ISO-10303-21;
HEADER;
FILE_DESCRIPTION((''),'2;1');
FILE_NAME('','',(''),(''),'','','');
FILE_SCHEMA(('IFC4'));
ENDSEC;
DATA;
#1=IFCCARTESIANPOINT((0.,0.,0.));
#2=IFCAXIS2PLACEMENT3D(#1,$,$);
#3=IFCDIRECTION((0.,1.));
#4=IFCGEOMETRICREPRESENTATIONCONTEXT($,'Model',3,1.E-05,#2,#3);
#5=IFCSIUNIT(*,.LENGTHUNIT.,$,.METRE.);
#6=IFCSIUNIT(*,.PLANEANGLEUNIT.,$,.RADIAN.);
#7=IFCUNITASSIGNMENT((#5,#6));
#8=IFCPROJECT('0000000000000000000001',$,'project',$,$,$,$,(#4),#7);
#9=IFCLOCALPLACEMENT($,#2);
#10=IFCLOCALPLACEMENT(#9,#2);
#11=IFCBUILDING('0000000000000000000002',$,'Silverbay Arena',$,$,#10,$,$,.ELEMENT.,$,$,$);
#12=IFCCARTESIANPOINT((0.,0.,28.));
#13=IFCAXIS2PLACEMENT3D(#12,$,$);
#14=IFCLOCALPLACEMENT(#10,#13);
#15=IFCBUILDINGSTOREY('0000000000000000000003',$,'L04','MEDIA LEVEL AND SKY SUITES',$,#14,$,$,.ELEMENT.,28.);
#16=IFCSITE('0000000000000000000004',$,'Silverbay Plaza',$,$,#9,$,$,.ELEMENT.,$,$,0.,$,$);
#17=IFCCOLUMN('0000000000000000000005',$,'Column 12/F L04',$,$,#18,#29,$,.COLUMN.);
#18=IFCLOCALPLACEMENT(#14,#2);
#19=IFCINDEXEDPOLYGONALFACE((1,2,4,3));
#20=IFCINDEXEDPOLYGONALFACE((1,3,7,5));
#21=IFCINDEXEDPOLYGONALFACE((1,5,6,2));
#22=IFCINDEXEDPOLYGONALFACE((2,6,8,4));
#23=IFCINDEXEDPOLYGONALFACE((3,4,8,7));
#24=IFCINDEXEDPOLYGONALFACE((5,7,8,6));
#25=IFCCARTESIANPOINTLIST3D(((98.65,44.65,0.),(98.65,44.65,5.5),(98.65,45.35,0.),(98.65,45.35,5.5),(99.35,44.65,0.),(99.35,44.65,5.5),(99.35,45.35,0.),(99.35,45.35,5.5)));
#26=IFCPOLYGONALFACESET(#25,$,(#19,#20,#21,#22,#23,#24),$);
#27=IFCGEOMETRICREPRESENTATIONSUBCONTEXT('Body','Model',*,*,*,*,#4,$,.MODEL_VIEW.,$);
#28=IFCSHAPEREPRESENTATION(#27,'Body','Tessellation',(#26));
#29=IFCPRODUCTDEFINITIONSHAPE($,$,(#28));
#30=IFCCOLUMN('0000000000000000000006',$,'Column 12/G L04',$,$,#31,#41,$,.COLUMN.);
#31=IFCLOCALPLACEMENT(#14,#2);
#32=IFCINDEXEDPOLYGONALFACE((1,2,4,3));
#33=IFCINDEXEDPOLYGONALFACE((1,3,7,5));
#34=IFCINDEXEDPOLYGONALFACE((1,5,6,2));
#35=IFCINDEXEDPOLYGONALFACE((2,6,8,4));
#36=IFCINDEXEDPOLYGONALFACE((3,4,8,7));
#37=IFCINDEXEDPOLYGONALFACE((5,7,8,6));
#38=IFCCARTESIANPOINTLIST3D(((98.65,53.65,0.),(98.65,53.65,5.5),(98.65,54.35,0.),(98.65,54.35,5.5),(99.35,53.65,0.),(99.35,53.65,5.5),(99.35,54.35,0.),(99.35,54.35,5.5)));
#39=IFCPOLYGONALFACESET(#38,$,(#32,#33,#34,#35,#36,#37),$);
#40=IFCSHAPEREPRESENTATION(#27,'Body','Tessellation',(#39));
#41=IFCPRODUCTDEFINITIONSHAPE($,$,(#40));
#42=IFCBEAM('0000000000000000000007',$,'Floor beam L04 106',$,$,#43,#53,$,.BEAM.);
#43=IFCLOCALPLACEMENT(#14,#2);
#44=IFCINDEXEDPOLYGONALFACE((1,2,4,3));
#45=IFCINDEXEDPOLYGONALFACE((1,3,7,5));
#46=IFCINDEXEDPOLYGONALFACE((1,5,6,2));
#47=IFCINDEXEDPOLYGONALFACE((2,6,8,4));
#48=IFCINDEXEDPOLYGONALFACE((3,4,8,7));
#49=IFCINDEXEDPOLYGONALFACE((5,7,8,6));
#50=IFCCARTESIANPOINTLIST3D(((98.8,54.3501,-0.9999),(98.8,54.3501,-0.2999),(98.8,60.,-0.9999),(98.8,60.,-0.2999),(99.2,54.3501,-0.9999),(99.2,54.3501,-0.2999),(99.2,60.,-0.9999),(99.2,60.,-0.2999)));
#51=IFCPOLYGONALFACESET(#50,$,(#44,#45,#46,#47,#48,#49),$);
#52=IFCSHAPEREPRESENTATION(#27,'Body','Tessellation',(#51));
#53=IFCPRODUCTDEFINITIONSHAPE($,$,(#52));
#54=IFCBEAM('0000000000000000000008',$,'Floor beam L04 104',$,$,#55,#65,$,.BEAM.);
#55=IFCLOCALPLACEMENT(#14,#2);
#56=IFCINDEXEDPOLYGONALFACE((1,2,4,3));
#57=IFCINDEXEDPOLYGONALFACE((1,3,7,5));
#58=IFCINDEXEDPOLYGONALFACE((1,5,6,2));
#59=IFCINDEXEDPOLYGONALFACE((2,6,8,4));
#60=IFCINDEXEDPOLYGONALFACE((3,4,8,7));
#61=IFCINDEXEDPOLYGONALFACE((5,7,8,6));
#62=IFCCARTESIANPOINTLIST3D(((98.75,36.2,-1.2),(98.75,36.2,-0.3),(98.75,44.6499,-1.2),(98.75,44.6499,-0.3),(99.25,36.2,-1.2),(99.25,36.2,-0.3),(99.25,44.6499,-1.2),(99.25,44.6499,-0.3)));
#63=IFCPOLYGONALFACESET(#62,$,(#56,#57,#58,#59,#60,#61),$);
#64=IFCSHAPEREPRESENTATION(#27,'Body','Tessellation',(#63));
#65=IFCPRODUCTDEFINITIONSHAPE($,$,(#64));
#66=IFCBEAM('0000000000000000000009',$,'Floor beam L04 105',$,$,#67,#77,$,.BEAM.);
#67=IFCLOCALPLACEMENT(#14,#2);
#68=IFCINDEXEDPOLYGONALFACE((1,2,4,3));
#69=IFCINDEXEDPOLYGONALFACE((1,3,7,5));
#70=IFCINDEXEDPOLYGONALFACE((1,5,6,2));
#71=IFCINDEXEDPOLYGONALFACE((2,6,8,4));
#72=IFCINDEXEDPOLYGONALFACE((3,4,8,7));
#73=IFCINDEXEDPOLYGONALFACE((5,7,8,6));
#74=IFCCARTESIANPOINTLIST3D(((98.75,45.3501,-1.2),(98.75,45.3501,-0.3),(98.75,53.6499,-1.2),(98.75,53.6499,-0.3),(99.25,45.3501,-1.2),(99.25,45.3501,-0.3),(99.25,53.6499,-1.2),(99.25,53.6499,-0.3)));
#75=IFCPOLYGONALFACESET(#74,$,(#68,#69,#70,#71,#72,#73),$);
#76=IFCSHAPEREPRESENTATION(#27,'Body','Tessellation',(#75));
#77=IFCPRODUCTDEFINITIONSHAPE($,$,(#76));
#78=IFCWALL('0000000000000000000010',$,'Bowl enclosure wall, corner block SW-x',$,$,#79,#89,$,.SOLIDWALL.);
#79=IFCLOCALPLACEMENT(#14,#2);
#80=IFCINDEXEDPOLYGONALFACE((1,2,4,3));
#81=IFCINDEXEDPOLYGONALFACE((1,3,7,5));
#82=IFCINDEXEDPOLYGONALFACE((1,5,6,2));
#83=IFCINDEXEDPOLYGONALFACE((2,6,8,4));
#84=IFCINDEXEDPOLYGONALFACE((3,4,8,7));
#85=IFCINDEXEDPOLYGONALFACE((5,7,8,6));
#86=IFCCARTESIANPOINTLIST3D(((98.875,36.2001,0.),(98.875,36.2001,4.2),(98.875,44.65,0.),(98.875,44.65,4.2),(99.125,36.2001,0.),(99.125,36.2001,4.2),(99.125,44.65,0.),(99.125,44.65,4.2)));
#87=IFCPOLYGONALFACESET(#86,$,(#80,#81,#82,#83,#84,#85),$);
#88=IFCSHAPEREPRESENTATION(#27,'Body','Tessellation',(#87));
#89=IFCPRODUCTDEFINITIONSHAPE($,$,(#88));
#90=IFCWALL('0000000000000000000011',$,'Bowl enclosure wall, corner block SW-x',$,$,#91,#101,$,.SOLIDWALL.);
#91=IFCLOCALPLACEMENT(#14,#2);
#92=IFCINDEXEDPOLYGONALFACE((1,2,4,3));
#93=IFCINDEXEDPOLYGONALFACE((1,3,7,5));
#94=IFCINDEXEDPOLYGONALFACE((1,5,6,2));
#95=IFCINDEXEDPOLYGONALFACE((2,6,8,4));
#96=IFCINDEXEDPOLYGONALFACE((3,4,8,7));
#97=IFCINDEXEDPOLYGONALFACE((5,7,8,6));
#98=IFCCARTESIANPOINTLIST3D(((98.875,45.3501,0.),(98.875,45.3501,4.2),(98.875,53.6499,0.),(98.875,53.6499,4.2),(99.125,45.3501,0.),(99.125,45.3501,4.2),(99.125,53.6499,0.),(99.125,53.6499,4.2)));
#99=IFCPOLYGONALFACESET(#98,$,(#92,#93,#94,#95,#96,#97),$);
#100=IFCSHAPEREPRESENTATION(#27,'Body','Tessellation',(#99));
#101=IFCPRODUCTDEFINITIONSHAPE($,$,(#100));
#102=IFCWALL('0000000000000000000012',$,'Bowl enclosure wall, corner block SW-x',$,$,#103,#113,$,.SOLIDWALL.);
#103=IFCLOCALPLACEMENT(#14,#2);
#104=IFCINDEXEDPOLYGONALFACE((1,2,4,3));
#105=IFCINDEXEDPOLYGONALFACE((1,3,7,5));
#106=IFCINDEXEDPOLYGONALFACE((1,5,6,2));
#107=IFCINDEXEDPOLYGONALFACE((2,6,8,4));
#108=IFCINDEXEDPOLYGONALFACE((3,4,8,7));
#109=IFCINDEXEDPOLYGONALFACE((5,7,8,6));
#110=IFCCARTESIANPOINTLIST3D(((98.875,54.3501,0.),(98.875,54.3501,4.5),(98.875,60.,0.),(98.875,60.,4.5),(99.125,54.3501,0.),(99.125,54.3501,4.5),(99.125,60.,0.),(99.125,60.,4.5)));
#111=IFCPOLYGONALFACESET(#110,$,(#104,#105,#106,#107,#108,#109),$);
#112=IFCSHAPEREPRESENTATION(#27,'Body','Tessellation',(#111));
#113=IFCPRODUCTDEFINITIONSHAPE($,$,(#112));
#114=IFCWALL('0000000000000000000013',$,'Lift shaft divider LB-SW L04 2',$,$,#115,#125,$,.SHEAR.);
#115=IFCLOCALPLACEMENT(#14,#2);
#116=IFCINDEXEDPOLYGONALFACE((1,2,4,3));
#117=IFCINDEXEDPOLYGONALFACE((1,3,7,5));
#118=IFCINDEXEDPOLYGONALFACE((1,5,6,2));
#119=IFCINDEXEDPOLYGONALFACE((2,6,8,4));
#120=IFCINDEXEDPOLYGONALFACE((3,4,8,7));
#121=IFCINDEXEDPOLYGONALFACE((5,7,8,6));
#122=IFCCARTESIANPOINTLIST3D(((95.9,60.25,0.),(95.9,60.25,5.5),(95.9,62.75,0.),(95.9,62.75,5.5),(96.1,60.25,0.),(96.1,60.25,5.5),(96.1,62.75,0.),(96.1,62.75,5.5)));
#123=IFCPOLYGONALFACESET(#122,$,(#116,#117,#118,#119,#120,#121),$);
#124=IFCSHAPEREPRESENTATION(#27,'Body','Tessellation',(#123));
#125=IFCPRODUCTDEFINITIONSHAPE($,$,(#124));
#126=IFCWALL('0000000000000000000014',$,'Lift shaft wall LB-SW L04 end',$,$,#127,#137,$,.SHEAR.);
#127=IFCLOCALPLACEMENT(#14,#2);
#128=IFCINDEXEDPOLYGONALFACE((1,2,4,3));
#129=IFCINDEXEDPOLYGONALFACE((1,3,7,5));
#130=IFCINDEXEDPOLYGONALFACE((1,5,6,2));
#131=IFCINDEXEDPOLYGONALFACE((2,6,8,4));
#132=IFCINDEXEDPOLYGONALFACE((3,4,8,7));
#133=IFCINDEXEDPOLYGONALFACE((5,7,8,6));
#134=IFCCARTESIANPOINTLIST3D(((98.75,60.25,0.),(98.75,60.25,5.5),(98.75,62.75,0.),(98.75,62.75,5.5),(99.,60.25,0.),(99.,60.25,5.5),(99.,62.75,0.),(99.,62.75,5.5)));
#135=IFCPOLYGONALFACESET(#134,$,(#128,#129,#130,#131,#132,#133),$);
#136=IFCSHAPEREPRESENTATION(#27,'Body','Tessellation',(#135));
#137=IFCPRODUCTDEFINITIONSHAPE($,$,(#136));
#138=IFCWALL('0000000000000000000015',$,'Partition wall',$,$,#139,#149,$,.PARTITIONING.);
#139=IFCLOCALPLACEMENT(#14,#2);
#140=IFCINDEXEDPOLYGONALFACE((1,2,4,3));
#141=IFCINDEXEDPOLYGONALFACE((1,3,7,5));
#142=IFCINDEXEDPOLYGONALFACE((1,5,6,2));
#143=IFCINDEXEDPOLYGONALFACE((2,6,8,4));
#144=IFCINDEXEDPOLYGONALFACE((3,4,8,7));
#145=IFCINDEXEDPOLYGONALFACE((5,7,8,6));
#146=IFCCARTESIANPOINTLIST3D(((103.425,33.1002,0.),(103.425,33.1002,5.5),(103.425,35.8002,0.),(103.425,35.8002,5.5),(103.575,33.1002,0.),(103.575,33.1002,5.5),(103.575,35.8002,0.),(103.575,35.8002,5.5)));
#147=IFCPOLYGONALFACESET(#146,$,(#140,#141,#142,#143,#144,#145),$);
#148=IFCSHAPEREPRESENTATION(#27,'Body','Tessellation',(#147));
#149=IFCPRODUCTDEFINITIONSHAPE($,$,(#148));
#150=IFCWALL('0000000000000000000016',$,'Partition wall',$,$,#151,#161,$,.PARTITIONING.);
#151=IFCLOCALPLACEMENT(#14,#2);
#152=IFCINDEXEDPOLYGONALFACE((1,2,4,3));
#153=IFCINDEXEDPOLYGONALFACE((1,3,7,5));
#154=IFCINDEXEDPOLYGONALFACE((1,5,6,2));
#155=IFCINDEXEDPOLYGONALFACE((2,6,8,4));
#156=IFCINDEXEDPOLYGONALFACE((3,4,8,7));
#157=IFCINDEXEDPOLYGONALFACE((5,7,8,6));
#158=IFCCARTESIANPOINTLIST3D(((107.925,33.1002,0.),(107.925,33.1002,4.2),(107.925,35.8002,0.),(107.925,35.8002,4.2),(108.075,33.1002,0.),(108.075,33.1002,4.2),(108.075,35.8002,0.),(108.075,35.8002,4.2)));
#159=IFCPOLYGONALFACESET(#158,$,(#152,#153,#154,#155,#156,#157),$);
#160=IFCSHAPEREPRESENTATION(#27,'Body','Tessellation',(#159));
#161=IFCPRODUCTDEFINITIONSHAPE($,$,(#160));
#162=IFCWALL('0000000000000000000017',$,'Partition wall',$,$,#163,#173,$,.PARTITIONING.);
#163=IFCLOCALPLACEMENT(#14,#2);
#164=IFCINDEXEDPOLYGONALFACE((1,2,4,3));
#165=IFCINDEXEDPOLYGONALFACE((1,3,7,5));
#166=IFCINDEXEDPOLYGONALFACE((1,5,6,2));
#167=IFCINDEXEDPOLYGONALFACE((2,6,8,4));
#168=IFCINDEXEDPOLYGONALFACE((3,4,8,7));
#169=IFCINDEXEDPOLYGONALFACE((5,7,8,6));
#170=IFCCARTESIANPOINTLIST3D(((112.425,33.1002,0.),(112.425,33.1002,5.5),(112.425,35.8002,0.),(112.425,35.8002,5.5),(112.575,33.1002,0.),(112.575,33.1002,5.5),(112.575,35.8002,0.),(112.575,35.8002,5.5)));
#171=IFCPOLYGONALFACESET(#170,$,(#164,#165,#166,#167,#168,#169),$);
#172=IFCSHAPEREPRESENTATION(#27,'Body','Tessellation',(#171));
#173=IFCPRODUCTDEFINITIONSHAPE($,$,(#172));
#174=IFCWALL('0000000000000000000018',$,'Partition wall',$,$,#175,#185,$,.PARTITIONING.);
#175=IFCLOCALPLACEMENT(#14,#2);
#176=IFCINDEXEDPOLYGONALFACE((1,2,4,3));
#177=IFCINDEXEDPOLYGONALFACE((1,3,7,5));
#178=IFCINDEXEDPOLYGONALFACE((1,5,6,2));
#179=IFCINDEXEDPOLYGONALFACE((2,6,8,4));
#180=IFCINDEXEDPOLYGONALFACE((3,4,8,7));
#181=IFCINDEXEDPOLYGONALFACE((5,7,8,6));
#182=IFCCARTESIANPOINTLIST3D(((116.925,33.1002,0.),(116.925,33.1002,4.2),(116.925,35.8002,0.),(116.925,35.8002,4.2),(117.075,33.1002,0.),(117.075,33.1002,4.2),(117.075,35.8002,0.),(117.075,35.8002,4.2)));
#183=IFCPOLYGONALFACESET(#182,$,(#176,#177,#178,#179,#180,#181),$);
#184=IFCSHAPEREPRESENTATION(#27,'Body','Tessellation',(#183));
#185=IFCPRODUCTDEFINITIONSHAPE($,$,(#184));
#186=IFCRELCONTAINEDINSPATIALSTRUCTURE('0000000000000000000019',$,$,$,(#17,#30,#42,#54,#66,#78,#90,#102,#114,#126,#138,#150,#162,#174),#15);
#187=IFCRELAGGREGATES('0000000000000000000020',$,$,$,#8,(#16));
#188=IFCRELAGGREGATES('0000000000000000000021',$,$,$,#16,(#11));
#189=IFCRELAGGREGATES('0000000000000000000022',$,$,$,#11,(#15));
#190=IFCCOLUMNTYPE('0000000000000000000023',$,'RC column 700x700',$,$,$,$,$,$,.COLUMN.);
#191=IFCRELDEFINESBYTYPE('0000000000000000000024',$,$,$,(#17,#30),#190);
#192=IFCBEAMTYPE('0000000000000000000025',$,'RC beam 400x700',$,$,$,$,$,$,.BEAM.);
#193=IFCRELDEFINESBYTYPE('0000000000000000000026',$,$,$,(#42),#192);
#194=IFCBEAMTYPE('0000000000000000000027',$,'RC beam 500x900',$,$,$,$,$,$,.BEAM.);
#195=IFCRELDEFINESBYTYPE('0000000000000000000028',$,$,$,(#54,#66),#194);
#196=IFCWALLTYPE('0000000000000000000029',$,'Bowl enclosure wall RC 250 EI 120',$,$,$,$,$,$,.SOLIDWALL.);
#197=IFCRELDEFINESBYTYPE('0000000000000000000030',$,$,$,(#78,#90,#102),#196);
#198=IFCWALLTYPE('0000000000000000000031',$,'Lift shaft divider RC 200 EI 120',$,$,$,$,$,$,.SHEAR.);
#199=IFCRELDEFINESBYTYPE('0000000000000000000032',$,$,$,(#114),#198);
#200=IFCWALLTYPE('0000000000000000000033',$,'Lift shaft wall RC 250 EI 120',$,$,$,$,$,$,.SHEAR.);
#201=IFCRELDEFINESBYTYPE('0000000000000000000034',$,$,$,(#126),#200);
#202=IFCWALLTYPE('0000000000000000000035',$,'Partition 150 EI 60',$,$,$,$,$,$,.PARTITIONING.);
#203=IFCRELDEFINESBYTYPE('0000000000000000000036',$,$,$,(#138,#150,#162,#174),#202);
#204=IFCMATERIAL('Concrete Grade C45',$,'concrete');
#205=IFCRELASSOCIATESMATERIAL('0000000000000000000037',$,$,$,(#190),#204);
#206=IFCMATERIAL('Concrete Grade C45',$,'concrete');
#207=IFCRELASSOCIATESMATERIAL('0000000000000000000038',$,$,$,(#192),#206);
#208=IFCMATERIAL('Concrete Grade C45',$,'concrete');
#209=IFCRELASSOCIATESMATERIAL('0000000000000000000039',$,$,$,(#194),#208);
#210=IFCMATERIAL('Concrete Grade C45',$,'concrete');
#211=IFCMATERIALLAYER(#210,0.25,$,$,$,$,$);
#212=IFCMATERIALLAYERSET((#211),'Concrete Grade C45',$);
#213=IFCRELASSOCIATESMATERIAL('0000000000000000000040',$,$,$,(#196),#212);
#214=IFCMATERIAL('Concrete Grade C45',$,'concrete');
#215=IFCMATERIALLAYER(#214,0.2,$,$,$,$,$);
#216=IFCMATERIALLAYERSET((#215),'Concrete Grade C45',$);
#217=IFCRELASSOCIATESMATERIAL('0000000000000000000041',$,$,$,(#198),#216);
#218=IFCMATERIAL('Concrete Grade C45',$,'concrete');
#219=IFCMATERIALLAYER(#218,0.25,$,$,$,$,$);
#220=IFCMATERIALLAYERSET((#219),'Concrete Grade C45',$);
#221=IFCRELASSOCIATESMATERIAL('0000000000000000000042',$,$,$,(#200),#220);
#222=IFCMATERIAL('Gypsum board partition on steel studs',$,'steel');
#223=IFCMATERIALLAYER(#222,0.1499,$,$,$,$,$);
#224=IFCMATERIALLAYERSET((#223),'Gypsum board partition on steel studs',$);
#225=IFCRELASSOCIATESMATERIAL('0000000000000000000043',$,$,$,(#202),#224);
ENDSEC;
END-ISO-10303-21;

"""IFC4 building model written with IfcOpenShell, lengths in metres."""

from ifc_helpers import new_model, si_unit, direction, frame, frame_2d, origin, origin_2d, place, context, subcontext, project, spatial, rectangle, extrude, material, layer, layer_set, material_profile, profile_set, type_object, element, save


model = new_model("IFC4")

# Units and contexts
model_context = context("Model", 3, precision=1e-05, world=origin(), true_north=direction((0.0, 1.0)))
body_context = subcontext(model_context, "Body", "Model", "MODEL_VIEW")
ifc_project = project(units=[si_unit("LENGTHUNIT", "METRE"), si_unit("PLANEANGLEUNIT", "RADIAN")], contexts=[model_context])

# Site, building, storey
site_placement = place(None, origin())
site = spatial("IfcSite", under=ifc_project, at=site_placement, Name="Silverbay Plaza", CompositionType="ELEMENT", RefElevation=0.0)
building_placement = place(site_placement, origin())
building = spatial("IfcBuilding", under=site, at=building_placement, Name="Silverbay Arena", CompositionType="ELEMENT")
storey_placement = place(building_placement, frame((0.0, 0.0, 28.0)))
storey = spatial("IfcBuildingStorey", under=building, at=storey_placement, Name="L04", Description="MEDIA LEVEL AND SKY SUITES", CompositionType="ELEMENT", Elevation=28.0)

# Columns
ifc_material_1 = material(Name="Concrete Grade C45", Category="concrete")
ifc_material_profile_1 = material_profile(ifc_material_1, rectangle(XDim=0.7, YDim=0.7, at=origin_2d()), Name="RC 700x700")
ifc_profile_set_1 = profile_set([ifc_material_profile_1], Name="Concrete Grade C45")
column_type = type_object("IfcColumnType", Name="RC column 700x700", PredefinedType="COLUMN", material=ifc_profile_set_1)
for number, where, z_axis, x_axis, name in (
    (1, (99.0, 45.0, 0.0), (0.0, 0.0, 1.0), (1.0, 0.0, 0.0), "Column 12/F L04"),
    (2, (99.0, 54.0, 0.0), (0.0, 0.0, 1.0), (1.0, 0.0, 0.0), "Column 12/G L04"),
):
    element("IfcColumn", number, at=place(storey_placement, frame(where, z_axis=z_axis, x_axis=x_axis)), inside=storey, type_object=column_type, Name=name, PredefinedType="COLUMN", context=body_context, shape_type="SweptSolid", body=[
        extrude(rectangle(XDim=0.7, YDim=0.7, at=origin_2d()), origin(), (0.0, 0.0, 1.0), 5.5),
    ])

# Beams
ifc_material_2 = material(Name="Concrete Grade C45", Category="concrete")
ifc_material_profile_2 = material_profile(ifc_material_2, rectangle(XDim=0.3999, YDim=0.7, at=origin_2d()), Name="RC 400x700")
ifc_profile_set_2 = profile_set([ifc_material_profile_2], Name="Concrete Grade C45")
beam_type_1 = type_object("IfcBeamType", Name="RC beam 400x700", PredefinedType="BEAM", material=ifc_profile_set_2)
beam_1_placement = place(storey_placement, frame((99.0, 54.3501, -0.6499), z_axis=(0.0, 1.0, 0.0), x_axis=(-1.0, 0.0, 0.0)))
element("IfcBeam", 3, at=beam_1_placement, inside=storey, type_object=beam_type_1, Name="Floor beam L04 106", PredefinedType="BEAM", context=body_context, shape_type="SweptSolid", body=[
    extrude(rectangle(XDim=0.3999, YDim=0.7, at=origin_2d()), origin(), (0.0, 0.0, 1.0), 5.6499),
])
ifc_material_3 = material(Name="Concrete Grade C45", Category="concrete")
ifc_material_profile_3 = material_profile(ifc_material_3, rectangle(XDim=0.5, YDim=0.8999, at=origin_2d()), Name="RC 500x900")
ifc_profile_set_3 = profile_set([ifc_material_profile_3], Name="Concrete Grade C45")
beam_type_2 = type_object("IfcBeamType", Name="RC beam 500x900", PredefinedType="BEAM", material=ifc_profile_set_3)
beam_2_placement = place(storey_placement, frame((99.0, 36.2, -0.75), z_axis=(0.0, 1.0, 0.0), x_axis=(-1.0, 0.0, 0.0)))
element("IfcBeam", 4, at=beam_2_placement, inside=storey, type_object=beam_type_2, Name="Floor beam L04 104", PredefinedType="BEAM", context=body_context, shape_type="SweptSolid", body=[
    extrude(rectangle(XDim=0.5, YDim=0.8999, at=origin_2d()), origin(), (0.0, 0.0, 1.0), 8.45),
])
beam_3_placement = place(storey_placement, frame((99.0, 45.3501, -0.75), z_axis=(0.0, 1.0, 0.0), x_axis=(-1.0, 0.0, 0.0)))
element("IfcBeam", 5, at=beam_3_placement, inside=storey, type_object=beam_type_2, Name="Floor beam L04 105", PredefinedType="BEAM", context=body_context, shape_type="SweptSolid", body=[
    extrude(rectangle(XDim=0.5, YDim=0.8999, at=origin_2d()), origin(), (0.0, 0.0, 1.0), 8.2998),
])

# Walls
ifc_material_4 = material(Name="Concrete Grade C45", Category="concrete")
ifc_layer_1 = layer(ifc_material_4, 0.25)
ifc_layer_set_1 = layer_set([ifc_layer_1], Name="Concrete Grade C45")
wall_type_1 = type_object("IfcWallType", Name="Bowl enclosure wall RC 250 EI 120", PredefinedType="SOLIDWALL", material=ifc_layer_set_1)
wall_1_placement = place(storey_placement, frame((99.0, 36.2, 0.0), z_axis=(0.0, 0.0, 1.0), x_axis=(0.0, 1.0, 0.0)))
element("IfcWall", 6, at=wall_1_placement, inside=storey, type_object=wall_type_1, Name="Bowl enclosure wall, corner block SW-x", PredefinedType="SOLIDWALL", context=body_context, shape_type="SweptSolid", body=[
    extrude(rectangle(XDim=8.45, YDim=0.25, at=frame_2d((4.2251, 0.0))), origin(), (0.0, 0.0, 1.0), 4.2),
])
wall_2_placement = place(storey_placement, frame((99.0, 45.3501, 0.0), z_axis=(0.0, 0.0, 1.0), x_axis=(0.0, 1.0, 0.0)))
element("IfcWall", 7, at=wall_2_placement, inside=storey, type_object=wall_type_1, Name="Bowl enclosure wall, corner block SW-x", PredefinedType="SOLIDWALL", context=body_context, shape_type="SweptSolid", body=[
    extrude(rectangle(XDim=8.2998, YDim=0.25, at=frame_2d((4.1499, 0.0))), origin(), (0.0, 0.0, 1.0), 4.2),
])
wall_3_placement = place(storey_placement, frame((99.0, 54.3501, 0.0), z_axis=(0.0, 0.0, 1.0), x_axis=(0.0, 1.0, 0.0)))
element("IfcWall", 8, at=wall_3_placement, inside=storey, type_object=wall_type_1, Name="Bowl enclosure wall, corner block SW-x", PredefinedType="SOLIDWALL", context=body_context, shape_type="SweptSolid", body=[
    extrude(rectangle(XDim=5.6499, YDim=0.25, at=frame_2d((2.825, 0.0))), origin(), (0.0, 0.0, 1.0), 4.5),
])
ifc_material_5 = material(Name="Concrete Grade C45", Category="concrete")
ifc_layer_2 = layer(ifc_material_5, 0.2)
ifc_layer_set_2 = layer_set([ifc_layer_2], Name="Concrete Grade C45")
wall_type_2 = type_object("IfcWallType", Name="Lift shaft divider RC 200 EI 120", PredefinedType="SHEAR", material=ifc_layer_set_2)
wall_4_placement = place(storey_placement, frame((96.0, 60.25, 0.0), z_axis=(0.0, 0.0, 1.0), x_axis=(0.0, 1.0, 0.0)))
element("IfcWall", 9, at=wall_4_placement, inside=storey, type_object=wall_type_2, Name="Lift shaft divider LB-SW L04 2", PredefinedType="SHEAR", context=body_context, shape_type="SweptSolid", body=[
    extrude(rectangle(XDim=2.5, YDim=0.2, at=frame_2d((1.25, 0.0))), origin(), (0.0, 0.0, 1.0), 5.5),
])
ifc_material_6 = material(Name="Concrete Grade C45", Category="concrete")
ifc_layer_3 = layer(ifc_material_6, 0.25)
ifc_layer_set_3 = layer_set([ifc_layer_3], Name="Concrete Grade C45")
wall_type_3 = type_object("IfcWallType", Name="Lift shaft wall RC 250 EI 120", PredefinedType="SHEAR", material=ifc_layer_set_3)
wall_5_placement = place(storey_placement, frame((98.875, 60.25, 0.0), z_axis=(0.0, 0.0, 1.0), x_axis=(0.0, 1.0, 0.0)))
element("IfcWall", 10, at=wall_5_placement, inside=storey, type_object=wall_type_3, Name="Lift shaft wall LB-SW L04 end", PredefinedType="SHEAR", context=body_context, shape_type="SweptSolid", body=[
    extrude(rectangle(XDim=2.5, YDim=0.25, at=frame_2d((1.25, 0.0))), origin(), (0.0, 0.0, 1.0), 5.5),
])
ifc_material_7 = material(Name="Gypsum board partition on steel studs", Category="steel")
ifc_layer_4 = layer(ifc_material_7, 0.1499)
ifc_layer_set_4 = layer_set([ifc_layer_4], Name="Gypsum board partition on steel studs")
wall_type_4 = type_object("IfcWallType", Name="Partition 150 EI 60", PredefinedType="PARTITIONING", material=ifc_layer_set_4)
wall_6_placement = place(storey_placement, frame((103.5, 33.1001, 0.0), z_axis=(0.0, 0.0, 1.0), x_axis=(0.0, 1.0, 0.0)))
element("IfcWall", 11, at=wall_6_placement, inside=storey, type_object=wall_type_4, Name="Partition wall", PredefinedType="PARTITIONING", context=body_context, shape_type="SweptSolid", body=[
    extrude(rectangle(XDim=2.7, YDim=0.1499, at=frame_2d((1.3501, 0.0))), origin(), (0.0, 0.0, 1.0), 5.5),
])
wall_7_placement = place(storey_placement, frame((108.0, 33.1001, 0.0), z_axis=(0.0, 0.0, 1.0), x_axis=(0.0, 1.0, 0.0)))
element("IfcWall", 12, at=wall_7_placement, inside=storey, type_object=wall_type_4, Name="Partition wall", PredefinedType="PARTITIONING", context=body_context, shape_type="SweptSolid", body=[
    extrude(rectangle(XDim=2.7, YDim=0.1499, at=frame_2d((1.3501, 0.0))), origin(), (0.0, 0.0, 1.0), 4.2),
])
wall_8_placement = place(storey_placement, frame((112.5, 33.1001, 0.0), z_axis=(0.0, 0.0, 1.0), x_axis=(0.0, 1.0, 0.0)))
element("IfcWall", 13, at=wall_8_placement, inside=storey, type_object=wall_type_4, Name="Partition wall", PredefinedType="PARTITIONING", context=body_context, shape_type="SweptSolid", body=[
    extrude(rectangle(XDim=2.7, YDim=0.1499, at=frame_2d((1.3501, 0.0))), origin(), (0.0, 0.0, 1.0), 5.5),
])
wall_9_placement = place(storey_placement, frame((117.0, 33.1001, 0.0), z_axis=(0.0, 0.0, 1.0), x_axis=(0.0, 1.0, 0.0)))
element("IfcWall", 14, at=wall_9_placement, inside=storey, type_object=wall_type_4, Name="Partition wall", PredefinedType="PARTITIONING", context=body_context, shape_type="SweptSolid", body=[
    extrude(rectangle(XDim=2.7, YDim=0.1499, at=frame_2d((1.3501, 0.0))), origin(), (0.0, 0.0, 1.0), 4.2),
])

save(model, "model.ifc")
